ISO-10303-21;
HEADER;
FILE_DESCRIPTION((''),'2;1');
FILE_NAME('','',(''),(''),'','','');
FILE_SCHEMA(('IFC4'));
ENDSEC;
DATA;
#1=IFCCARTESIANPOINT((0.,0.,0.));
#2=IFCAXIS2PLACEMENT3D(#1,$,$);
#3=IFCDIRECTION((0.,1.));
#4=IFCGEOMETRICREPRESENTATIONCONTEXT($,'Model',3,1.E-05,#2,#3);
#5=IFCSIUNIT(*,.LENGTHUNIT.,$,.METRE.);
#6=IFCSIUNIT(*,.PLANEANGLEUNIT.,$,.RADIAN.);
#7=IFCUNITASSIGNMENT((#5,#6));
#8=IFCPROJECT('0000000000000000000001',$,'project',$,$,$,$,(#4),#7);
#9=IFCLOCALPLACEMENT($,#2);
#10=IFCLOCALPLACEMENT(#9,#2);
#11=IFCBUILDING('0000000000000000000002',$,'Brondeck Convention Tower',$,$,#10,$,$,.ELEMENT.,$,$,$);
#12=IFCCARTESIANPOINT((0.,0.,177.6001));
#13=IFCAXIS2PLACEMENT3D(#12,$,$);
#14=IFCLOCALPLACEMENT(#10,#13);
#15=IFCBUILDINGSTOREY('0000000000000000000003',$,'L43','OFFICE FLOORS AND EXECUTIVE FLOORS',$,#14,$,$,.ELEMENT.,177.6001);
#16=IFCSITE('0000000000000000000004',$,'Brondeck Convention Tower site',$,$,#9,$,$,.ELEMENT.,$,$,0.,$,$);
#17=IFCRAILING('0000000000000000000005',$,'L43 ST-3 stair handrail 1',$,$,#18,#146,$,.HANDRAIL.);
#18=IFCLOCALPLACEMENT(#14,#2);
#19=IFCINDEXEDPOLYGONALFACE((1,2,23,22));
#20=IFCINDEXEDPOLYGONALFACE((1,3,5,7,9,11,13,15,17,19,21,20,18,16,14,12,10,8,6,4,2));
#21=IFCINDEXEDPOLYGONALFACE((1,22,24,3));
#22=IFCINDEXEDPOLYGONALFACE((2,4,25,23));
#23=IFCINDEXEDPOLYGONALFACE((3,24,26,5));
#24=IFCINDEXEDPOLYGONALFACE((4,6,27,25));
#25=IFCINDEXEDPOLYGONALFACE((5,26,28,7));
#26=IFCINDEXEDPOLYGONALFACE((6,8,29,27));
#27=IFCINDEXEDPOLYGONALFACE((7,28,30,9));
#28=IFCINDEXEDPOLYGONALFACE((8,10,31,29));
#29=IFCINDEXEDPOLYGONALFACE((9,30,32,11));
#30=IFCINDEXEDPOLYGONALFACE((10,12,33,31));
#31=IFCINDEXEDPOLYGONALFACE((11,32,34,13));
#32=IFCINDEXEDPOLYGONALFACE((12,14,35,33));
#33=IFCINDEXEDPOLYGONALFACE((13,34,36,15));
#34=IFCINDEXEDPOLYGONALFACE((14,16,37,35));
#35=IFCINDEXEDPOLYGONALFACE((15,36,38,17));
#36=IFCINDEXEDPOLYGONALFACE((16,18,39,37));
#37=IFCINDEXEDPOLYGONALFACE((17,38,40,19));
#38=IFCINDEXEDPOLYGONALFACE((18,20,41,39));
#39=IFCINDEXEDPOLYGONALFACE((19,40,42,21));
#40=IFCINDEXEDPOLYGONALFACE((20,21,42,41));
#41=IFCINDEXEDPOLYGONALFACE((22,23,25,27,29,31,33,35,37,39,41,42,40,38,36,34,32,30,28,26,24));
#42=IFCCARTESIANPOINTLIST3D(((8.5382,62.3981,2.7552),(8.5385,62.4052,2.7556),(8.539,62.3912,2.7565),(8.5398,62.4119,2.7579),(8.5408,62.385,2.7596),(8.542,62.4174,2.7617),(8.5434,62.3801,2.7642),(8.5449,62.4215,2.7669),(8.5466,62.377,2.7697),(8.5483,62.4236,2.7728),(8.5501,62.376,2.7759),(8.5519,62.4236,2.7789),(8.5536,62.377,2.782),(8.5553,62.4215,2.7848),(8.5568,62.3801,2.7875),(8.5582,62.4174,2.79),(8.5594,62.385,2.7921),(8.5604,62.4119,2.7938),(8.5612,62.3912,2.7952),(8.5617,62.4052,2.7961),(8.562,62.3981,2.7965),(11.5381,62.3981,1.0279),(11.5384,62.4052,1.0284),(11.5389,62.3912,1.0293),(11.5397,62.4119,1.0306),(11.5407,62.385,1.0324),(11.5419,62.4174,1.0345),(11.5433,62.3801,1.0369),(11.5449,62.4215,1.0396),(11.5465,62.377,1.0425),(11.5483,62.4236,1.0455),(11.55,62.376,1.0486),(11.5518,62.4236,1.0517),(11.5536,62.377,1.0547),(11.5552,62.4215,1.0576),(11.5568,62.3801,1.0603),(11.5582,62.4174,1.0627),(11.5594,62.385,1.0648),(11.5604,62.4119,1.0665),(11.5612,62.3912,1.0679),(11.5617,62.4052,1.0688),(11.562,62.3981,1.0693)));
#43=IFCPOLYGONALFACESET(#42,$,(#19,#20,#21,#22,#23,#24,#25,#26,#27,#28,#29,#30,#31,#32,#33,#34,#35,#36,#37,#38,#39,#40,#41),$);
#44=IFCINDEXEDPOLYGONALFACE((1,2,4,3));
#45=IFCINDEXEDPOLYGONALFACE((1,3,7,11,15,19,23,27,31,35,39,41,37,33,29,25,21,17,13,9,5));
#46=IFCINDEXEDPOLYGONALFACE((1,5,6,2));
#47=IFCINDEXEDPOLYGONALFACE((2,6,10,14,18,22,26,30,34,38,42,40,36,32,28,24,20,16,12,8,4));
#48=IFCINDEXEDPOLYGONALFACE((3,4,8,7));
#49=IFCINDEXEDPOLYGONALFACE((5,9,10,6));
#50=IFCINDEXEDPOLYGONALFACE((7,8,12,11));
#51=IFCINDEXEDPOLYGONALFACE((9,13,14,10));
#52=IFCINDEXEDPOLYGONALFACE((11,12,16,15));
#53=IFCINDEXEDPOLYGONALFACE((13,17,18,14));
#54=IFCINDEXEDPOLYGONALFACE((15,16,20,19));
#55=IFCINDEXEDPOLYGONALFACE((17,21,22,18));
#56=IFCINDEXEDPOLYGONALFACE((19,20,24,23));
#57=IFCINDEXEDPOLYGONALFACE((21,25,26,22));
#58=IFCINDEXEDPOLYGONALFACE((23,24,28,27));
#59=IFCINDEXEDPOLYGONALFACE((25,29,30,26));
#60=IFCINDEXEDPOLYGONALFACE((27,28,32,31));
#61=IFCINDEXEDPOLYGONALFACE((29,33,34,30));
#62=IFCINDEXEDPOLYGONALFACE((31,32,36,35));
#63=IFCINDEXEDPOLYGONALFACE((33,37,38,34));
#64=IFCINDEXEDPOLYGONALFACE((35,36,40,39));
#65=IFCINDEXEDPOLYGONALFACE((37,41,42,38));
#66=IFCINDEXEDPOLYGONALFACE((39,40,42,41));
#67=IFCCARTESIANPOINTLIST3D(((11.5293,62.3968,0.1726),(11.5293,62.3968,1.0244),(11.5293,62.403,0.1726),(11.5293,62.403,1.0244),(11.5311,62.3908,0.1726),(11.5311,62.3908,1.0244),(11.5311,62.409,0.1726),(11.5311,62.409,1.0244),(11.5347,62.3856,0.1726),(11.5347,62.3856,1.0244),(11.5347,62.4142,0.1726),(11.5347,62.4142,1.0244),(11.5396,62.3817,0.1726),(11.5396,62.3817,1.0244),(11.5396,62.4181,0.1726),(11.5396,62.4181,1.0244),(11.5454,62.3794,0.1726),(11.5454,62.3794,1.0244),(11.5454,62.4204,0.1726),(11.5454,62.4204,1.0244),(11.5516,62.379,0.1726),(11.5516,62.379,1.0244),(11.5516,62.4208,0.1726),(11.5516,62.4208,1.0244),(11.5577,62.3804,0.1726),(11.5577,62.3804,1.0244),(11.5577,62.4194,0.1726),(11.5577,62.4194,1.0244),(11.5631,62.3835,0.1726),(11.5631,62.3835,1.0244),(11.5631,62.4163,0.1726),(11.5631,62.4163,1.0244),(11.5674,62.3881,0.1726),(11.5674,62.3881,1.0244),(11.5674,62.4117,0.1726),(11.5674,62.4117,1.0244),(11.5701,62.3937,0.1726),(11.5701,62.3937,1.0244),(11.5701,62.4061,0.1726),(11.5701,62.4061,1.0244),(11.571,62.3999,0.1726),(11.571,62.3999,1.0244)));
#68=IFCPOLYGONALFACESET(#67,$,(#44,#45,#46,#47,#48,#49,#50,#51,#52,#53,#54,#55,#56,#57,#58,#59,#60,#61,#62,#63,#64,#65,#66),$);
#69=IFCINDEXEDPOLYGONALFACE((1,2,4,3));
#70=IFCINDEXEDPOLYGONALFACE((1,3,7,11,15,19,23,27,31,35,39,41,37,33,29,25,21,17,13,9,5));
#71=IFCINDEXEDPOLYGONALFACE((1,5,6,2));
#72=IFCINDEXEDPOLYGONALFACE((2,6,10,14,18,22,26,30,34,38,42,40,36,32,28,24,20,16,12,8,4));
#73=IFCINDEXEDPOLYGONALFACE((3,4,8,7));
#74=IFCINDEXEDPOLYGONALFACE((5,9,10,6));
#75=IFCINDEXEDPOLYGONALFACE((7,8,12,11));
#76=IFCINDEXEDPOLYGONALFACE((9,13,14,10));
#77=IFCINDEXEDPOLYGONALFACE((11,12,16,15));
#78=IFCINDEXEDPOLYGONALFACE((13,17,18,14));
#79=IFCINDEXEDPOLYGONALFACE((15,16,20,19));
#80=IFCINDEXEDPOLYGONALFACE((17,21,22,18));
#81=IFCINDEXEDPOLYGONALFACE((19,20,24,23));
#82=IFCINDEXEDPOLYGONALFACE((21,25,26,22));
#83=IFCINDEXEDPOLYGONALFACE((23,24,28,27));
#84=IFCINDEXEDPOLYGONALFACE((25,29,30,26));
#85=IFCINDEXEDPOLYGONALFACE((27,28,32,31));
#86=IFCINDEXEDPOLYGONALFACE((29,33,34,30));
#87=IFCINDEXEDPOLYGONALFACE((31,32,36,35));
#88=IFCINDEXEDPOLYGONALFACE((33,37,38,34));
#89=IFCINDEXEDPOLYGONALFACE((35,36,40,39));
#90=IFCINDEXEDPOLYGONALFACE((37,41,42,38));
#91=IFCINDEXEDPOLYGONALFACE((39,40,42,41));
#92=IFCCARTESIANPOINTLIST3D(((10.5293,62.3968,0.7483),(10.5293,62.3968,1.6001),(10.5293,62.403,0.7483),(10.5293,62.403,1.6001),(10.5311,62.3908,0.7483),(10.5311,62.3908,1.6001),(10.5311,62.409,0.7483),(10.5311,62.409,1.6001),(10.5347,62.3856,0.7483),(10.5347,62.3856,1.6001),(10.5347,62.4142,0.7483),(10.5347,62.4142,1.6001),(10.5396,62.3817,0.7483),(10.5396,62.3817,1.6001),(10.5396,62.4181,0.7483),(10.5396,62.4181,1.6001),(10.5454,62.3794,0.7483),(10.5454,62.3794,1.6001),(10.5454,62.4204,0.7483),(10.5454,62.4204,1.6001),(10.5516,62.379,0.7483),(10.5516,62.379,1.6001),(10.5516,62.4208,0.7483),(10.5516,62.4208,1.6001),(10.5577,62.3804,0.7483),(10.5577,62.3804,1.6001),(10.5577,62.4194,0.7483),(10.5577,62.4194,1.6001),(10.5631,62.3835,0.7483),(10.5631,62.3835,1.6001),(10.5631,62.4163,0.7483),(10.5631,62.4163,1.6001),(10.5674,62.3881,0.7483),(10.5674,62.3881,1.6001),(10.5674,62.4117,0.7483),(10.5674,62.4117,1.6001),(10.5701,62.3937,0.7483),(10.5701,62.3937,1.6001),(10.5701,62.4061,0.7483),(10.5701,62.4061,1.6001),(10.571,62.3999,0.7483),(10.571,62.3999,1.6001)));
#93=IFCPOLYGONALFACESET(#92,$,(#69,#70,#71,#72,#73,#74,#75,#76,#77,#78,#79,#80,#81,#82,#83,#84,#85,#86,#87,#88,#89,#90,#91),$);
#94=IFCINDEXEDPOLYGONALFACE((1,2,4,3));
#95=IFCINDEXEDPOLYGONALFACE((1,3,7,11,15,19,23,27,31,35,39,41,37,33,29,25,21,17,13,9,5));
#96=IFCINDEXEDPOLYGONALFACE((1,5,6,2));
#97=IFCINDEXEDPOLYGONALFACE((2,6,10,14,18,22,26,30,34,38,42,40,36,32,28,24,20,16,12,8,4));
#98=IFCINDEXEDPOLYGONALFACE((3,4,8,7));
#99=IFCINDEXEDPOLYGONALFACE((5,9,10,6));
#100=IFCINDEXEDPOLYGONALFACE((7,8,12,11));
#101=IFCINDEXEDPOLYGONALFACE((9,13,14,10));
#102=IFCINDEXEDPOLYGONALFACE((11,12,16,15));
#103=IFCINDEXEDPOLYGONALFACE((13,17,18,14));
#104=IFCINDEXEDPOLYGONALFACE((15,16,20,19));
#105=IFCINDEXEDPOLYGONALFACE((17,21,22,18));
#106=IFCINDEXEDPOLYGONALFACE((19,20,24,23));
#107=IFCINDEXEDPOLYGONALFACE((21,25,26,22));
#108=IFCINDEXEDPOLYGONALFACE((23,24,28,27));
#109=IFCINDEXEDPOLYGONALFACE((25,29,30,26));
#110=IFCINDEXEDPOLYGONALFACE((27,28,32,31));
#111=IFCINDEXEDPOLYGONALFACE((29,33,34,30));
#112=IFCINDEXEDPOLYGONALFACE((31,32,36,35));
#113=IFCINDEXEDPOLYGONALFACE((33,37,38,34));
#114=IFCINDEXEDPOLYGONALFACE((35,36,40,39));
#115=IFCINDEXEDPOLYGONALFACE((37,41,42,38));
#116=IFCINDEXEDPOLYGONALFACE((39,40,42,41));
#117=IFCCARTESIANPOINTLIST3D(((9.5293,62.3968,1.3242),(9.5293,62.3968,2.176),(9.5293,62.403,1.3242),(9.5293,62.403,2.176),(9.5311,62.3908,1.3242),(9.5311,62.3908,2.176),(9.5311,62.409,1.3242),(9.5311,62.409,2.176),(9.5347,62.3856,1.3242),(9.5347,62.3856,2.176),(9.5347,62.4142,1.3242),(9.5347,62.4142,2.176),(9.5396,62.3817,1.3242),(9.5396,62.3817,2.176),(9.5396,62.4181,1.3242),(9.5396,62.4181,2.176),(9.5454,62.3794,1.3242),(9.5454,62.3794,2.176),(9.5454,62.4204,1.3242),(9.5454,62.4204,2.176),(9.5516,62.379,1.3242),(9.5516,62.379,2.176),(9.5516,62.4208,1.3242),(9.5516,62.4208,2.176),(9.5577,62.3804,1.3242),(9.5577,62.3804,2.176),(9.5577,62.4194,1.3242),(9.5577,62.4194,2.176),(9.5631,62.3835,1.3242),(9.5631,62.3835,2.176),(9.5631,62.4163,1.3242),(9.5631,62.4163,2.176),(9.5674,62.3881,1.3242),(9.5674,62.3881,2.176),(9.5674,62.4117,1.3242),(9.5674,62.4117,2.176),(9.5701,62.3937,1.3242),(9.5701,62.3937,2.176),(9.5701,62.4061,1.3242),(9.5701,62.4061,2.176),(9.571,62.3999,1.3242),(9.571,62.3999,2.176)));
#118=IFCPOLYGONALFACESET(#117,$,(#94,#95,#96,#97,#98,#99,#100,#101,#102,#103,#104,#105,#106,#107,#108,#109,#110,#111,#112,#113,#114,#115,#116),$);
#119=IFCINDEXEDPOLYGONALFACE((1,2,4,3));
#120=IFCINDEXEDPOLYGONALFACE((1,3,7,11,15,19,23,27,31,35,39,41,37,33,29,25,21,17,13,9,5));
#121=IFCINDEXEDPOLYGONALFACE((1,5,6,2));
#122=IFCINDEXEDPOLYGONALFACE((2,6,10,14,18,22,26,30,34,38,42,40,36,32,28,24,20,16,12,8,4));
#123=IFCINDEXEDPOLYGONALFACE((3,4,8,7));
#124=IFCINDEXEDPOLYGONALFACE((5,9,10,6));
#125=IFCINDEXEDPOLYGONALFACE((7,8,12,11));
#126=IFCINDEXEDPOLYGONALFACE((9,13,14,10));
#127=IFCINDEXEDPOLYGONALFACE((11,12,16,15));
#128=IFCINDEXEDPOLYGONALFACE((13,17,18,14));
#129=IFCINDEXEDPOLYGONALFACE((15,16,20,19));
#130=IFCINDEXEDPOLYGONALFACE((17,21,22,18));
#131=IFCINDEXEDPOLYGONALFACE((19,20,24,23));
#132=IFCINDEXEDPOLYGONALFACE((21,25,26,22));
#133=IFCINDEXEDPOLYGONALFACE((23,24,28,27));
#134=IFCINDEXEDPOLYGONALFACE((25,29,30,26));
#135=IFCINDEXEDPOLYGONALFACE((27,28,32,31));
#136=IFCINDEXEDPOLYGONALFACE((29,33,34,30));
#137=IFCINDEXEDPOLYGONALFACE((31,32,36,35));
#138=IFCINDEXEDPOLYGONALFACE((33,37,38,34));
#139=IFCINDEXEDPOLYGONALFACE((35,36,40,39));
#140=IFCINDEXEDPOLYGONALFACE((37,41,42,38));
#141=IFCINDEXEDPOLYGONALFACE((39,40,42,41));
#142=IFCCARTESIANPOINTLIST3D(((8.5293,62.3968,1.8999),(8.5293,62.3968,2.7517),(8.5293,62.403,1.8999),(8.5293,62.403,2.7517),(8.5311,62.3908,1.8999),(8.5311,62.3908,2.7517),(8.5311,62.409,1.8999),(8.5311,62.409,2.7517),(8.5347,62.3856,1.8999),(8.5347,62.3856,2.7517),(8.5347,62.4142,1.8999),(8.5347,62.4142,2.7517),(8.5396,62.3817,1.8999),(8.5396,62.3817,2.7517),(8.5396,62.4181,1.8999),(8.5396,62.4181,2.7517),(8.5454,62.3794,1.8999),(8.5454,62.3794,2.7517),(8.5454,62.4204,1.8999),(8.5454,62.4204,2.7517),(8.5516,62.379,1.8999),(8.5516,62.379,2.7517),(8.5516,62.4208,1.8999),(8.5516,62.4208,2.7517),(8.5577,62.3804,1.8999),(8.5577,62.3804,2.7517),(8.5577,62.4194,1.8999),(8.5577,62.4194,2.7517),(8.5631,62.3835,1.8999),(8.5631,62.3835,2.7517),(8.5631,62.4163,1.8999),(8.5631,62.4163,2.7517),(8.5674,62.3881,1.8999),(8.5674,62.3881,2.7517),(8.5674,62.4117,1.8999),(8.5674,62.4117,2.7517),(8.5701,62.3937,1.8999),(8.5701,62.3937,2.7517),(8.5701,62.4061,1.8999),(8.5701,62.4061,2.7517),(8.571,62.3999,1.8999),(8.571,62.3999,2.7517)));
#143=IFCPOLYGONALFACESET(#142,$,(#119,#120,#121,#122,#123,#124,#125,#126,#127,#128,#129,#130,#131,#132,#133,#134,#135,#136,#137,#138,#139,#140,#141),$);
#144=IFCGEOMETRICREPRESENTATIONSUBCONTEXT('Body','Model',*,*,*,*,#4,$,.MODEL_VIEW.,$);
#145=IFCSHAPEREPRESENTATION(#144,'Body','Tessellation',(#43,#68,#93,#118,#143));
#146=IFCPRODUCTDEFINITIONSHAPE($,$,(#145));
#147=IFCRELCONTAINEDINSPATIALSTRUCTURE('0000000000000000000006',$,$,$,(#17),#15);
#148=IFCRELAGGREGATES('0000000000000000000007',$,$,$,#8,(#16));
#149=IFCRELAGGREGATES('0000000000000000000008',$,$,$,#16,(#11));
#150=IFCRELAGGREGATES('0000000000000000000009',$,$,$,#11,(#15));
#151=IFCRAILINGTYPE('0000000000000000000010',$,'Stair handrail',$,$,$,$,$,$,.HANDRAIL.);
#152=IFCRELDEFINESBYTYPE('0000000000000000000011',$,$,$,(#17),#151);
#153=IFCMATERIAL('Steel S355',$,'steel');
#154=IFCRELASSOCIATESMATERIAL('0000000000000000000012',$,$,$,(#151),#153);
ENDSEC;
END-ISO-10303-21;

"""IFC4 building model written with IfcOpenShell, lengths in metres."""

from ifc_helpers import new_model, si_unit, direction, frame, origin, origin_2d, place, context, subcontext, project, spatial, circle, extrude, material, type_object, element, save


model = new_model("IFC4")

# Units and contexts
model_context = context("Model", 3, precision=1e-05, world=origin(), true_north=direction((0.0, 1.0)))
body_context = subcontext(model_context, "Body", "Model", "MODEL_VIEW")
ifc_project = project(units=[si_unit("LENGTHUNIT", "METRE"), si_unit("PLANEANGLEUNIT", "RADIAN")], contexts=[model_context])

# Site, building, storey
site_placement = place(None, origin())
site = spatial("IfcSite", under=ifc_project, at=site_placement, Name="Brondeck Convention Tower site", CompositionType="ELEMENT", RefElevation=0.0)
building_placement = place(site_placement, origin())
building = spatial("IfcBuilding", under=site, at=building_placement, Name="Brondeck Convention Tower", CompositionType="ELEMENT")
storey_placement = place(building_placement, frame((0.0, 0.0, 177.6001)))
storey = spatial("IfcBuildingStorey", under=building, at=storey_placement, Name="L43", Description="OFFICE FLOORS AND EXECUTIVE FLOORS", CompositionType="ELEMENT", Elevation=177.6001)

# Railing
ifc_material_1 = material(Name="Steel S355", Category="steel")
railing_type_1 = type_object("IfcRailingType", Name="Stair handrail", PredefinedType="HANDRAIL", material=ifc_material_1)
railing_1_placement = place(storey_placement, frame((11.55, 62.3999, 0.1726)))
element("IfcRailing", 1, at=railing_1_placement, inside=storey, type_object=railing_type_1, Name="L43 ST-3 stair handrail 1", PredefinedType="HANDRAIL", context=body_context, shape_type="SweptSolid", body=[
    extrude(circle(Radius=0.0239, at=origin_2d()), frame((0.0, 0.0, 0.876), z_axis=(-0.86662, 0.0, 0.498969), x_axis=(0.0, -1.0, 0.0)), (0.0, 0.0, 1.0), 3.4617),
    extrude(circle(Radius=0.021, at=origin_2d()), origin(), (0.0, 0.0, 1.0), 0.8518),
    extrude(circle(Radius=0.021, at=origin_2d()), frame((-1.0, 0.0, 0.5757)), (0.0, 0.0, 1.0), 0.8518),
    extrude(circle(Radius=0.021, at=origin_2d()), frame((-2.0, 0.0, 1.1516)), (0.0, 0.0, 1.0), 0.8518),
    extrude(circle(Radius=0.021, at=origin_2d()), frame((-3.0, 0.0, 1.7273)), (0.0, 0.0, 1.0), 0.8518),
])

save(model, "model.ifc")
